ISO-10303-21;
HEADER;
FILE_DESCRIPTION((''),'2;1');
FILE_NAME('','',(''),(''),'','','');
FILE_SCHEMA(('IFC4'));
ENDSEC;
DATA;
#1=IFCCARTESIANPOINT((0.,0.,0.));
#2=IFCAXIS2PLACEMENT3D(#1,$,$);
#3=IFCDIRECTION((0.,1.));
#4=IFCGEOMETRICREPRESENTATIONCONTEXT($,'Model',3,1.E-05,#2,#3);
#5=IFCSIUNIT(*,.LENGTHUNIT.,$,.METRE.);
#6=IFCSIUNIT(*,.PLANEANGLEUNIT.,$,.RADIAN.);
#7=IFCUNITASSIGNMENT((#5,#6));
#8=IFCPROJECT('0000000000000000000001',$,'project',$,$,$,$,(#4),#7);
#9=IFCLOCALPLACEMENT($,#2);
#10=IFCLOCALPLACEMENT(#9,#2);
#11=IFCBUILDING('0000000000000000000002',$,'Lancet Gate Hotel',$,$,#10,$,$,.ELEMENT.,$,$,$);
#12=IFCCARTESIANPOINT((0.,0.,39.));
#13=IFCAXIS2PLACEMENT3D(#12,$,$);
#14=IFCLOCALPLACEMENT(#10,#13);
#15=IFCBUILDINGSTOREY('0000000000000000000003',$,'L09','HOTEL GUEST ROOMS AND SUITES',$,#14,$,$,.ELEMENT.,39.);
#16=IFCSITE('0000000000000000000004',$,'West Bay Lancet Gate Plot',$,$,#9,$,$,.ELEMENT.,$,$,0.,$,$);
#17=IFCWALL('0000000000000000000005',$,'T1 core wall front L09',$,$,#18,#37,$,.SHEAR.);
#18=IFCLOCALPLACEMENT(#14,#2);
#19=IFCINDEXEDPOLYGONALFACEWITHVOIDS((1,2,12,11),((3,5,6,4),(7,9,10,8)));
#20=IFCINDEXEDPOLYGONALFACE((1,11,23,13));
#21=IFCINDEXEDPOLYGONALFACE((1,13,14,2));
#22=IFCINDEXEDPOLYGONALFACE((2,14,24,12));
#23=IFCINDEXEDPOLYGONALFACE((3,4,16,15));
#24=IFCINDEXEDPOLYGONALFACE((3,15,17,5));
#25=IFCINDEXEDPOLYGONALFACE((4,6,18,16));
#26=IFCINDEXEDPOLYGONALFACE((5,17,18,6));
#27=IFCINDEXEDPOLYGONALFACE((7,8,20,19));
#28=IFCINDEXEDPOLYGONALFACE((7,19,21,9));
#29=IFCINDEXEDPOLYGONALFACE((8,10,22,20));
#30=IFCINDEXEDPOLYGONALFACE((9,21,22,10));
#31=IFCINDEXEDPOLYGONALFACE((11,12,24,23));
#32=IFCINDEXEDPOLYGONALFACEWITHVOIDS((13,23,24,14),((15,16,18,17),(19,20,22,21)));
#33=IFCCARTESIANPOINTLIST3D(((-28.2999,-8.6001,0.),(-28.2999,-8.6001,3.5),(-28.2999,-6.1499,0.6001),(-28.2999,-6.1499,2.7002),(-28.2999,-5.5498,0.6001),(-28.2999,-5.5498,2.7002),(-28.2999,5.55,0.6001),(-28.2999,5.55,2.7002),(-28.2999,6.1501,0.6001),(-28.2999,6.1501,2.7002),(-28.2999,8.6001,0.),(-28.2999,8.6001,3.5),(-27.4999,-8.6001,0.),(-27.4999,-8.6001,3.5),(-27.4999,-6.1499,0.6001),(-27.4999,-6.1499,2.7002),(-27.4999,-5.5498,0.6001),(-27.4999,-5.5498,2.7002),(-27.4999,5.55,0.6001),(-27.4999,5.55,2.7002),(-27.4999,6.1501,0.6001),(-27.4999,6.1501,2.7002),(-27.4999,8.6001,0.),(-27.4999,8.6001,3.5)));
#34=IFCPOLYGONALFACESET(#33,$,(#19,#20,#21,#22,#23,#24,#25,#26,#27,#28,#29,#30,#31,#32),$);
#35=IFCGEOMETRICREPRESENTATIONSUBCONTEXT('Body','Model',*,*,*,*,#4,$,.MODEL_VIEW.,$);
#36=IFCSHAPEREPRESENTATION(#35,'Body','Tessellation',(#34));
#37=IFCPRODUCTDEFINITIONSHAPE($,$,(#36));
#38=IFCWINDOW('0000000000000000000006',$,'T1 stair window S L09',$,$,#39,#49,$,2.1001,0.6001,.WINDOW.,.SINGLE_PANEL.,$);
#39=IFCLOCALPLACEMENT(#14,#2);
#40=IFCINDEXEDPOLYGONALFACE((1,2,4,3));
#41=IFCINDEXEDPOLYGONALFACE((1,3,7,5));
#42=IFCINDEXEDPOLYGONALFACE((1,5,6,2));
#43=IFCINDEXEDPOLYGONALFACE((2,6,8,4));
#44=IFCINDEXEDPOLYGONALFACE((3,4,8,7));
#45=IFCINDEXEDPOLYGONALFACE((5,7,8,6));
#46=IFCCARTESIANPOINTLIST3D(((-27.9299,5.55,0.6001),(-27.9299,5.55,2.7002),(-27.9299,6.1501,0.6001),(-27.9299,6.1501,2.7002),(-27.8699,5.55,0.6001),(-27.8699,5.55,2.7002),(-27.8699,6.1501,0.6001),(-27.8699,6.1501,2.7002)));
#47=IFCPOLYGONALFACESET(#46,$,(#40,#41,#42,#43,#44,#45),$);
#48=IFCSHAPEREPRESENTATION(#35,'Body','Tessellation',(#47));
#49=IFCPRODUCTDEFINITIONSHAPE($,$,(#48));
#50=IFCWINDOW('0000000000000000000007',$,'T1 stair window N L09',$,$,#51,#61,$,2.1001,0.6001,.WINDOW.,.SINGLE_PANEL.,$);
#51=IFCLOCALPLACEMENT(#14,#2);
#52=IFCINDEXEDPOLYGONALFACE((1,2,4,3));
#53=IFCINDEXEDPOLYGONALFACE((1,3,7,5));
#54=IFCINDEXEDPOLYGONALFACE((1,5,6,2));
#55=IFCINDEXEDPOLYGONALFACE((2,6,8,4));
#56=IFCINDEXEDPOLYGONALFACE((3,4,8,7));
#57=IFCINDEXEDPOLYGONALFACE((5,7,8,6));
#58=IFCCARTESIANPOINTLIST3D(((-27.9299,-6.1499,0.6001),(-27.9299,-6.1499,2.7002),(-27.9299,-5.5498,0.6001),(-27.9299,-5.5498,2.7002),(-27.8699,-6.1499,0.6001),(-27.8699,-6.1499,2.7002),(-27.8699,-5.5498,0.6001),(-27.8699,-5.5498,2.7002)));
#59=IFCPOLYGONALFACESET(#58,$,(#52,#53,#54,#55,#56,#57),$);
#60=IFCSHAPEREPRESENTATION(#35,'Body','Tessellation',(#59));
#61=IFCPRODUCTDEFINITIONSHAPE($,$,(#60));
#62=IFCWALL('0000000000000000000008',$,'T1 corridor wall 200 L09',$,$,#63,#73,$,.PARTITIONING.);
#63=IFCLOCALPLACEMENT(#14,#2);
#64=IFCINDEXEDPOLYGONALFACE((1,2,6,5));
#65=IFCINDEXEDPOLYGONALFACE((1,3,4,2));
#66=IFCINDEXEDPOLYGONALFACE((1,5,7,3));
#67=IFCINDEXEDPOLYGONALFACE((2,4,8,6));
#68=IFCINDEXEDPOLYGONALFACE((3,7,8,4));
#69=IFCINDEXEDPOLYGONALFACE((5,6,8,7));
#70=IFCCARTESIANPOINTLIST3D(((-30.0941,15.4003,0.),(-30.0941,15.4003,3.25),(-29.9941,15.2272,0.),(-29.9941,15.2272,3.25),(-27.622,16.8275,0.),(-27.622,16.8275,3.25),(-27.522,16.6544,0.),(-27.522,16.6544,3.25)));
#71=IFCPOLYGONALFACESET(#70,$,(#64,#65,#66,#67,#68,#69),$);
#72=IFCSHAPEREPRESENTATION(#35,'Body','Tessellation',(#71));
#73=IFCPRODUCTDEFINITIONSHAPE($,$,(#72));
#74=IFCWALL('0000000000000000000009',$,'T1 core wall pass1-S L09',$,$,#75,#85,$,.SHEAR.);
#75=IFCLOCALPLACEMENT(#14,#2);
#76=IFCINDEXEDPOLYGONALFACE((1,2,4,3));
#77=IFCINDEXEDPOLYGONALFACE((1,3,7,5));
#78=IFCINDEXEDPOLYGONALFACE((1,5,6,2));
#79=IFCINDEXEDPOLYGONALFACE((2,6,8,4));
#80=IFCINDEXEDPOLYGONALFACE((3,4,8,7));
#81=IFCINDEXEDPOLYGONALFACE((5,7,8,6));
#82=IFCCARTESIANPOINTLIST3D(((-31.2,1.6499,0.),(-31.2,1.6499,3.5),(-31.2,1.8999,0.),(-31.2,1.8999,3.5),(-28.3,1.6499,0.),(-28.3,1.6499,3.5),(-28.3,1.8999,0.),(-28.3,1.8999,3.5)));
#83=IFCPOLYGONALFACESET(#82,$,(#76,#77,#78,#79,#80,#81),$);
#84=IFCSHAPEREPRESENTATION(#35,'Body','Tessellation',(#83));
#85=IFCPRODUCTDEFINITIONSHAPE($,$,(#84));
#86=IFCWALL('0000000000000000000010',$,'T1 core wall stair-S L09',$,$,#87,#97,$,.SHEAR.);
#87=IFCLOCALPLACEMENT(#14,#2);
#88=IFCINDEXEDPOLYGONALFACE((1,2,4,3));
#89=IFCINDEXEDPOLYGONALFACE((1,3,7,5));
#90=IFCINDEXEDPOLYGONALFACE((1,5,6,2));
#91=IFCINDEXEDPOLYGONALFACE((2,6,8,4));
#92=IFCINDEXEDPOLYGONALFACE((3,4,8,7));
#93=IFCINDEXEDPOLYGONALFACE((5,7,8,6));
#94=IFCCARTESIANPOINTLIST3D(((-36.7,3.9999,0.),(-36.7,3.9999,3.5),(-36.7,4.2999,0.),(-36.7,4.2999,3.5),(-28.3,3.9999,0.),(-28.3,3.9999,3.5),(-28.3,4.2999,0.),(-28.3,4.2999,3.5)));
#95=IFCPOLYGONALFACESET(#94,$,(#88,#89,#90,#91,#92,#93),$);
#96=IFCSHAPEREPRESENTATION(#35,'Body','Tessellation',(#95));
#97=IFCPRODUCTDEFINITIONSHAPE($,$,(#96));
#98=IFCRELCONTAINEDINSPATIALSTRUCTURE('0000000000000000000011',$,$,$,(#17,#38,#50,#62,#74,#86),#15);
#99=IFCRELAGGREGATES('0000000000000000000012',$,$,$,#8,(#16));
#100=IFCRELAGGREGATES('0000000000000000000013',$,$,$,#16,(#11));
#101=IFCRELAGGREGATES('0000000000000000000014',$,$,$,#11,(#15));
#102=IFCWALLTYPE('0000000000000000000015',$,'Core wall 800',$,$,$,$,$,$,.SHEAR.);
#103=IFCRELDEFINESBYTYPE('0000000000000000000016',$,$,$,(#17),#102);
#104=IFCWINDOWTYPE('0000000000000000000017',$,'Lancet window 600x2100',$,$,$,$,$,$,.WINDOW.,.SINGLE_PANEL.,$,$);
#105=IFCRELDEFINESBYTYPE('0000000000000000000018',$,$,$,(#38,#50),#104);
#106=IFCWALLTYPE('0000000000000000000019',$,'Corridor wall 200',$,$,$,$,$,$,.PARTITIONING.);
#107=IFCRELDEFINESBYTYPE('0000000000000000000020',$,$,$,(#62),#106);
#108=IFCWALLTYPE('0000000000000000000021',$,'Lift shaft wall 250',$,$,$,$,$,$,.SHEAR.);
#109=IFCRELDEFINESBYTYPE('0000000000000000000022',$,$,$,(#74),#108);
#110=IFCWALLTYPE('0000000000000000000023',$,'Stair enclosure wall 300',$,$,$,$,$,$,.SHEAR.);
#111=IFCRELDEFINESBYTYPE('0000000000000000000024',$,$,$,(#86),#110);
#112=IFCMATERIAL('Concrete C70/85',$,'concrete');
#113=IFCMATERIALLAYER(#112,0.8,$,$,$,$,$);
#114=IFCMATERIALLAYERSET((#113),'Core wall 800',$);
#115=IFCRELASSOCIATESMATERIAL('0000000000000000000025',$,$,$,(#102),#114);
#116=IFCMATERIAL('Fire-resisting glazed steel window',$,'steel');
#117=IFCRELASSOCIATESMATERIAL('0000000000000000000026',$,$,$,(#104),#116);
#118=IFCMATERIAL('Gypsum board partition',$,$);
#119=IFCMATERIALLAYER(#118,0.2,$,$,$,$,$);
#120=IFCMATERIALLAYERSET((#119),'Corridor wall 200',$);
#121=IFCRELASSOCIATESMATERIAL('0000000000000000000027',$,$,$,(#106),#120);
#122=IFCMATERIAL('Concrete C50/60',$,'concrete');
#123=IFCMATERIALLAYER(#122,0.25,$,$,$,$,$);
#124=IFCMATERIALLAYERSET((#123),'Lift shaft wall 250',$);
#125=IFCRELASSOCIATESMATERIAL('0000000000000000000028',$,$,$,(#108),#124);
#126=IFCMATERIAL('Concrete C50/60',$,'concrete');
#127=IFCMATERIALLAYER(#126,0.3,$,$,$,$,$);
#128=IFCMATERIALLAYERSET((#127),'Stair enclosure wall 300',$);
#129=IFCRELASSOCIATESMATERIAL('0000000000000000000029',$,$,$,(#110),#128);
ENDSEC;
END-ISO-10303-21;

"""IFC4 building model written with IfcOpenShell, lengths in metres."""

from ifc_helpers import new_model, si_unit, direction, frame, frame_2d, origin, place, context, subcontext, project, spatial, rectangle, extrude, material, layer, layer_set, type_object, element, fill, save


model = new_model("IFC4")

# Units and contexts
model_context = context("Model", 3, precision=1e-05, world=origin(), true_north=direction((0.0, 1.0)))
body_context = subcontext(model_context, "Body", "Model", "MODEL_VIEW")
ifc_project = project(units=[si_unit("LENGTHUNIT", "METRE"), si_unit("PLANEANGLEUNIT", "RADIAN")], contexts=[model_context])

# Site, building, storey
site_placement = place(None, origin())
site = spatial("IfcSite", under=ifc_project, at=site_placement, Name="West Bay Lancet Gate Plot", CompositionType="ELEMENT", RefElevation=0.0)
building_placement = place(site_placement, origin())
building = spatial("IfcBuilding", under=site, at=building_placement, Name="Lancet Gate Hotel", CompositionType="ELEMENT")
storey_placement = place(building_placement, frame((0.0, 0.0, 39.0)))
storey = spatial("IfcBuildingStorey", under=building, at=storey_placement, Name="L09", Description="HOTEL GUEST ROOMS AND SUITES", CompositionType="ELEMENT", Elevation=39.0)

# Wall, openings, windows
ifc_material_1 = material(Name="Concrete C70/85", Category="concrete")
ifc_layer_1 = layer(ifc_material_1, 0.8)
ifc_layer_set_1 = layer_set([ifc_layer_1], Name="Core wall 800")
wall_type_1 = type_object("IfcWallType", Name="Core wall 800", PredefinedType="SHEAR", material=ifc_layer_set_1)
wall_1_placement = place(storey_placement, frame((-27.8999, 8.6001, 0.0), z_axis=(0.0, 0.0, 1.0), x_axis=(0.0, -1.0, 0.0)))
wall_1 = element("IfcWall", 1, at=wall_1_placement, inside=storey, type_object=wall_type_1, Name="T1 core wall front L09", PredefinedType="SHEAR", context=body_context, shape_type="SweptSolid", body=[
    extrude(rectangle(XDim=17.2002, YDim=0.8, at=frame_2d((8.6001, 0.0))), origin(), (0.0, 0.0, 1.0), 3.5),
])
opening_1_placement = place(wall_1_placement, frame((2.45, 0.0, 0.6001)))
opening_1 = element("IfcOpeningElement", 2, at=opening_1_placement, cuts=wall_1, PredefinedType="OPENING", context=body_context, shape_type="SweptSolid", body=[
    extrude(rectangle(XDim=0.6001, YDim=2.1001, at=frame_2d((0.3, 1.05))), frame((0.0, 0.4099, 0.0), z_axis=(0.0, -1.0, 0.0), x_axis=(1.0, 0.0, 0.0)), (0.0, 0.0, 1.0), 0.8201),
])
opening_2_placement = place(wall_1_placement, frame((14.1499, 0.0, 0.6001)))
opening_2 = element("IfcOpeningElement", 3, at=opening_2_placement, cuts=wall_1, PredefinedType="OPENING", context=body_context, shape_type="SweptSolid", body=[
    extrude(rectangle(XDim=0.6001, YDim=2.1001, at=frame_2d((0.3, 1.05))), frame((0.0, 0.4099, 0.0), z_axis=(0.0, -1.0, 0.0), x_axis=(1.0, 0.0, 0.0)), (0.0, 0.0, 1.0), 0.8201),
])
ifc_material_2 = material(Name="Fire-resisting glazed steel window", Category="steel")
window_type = type_object("IfcWindowType", Name="Lancet window 600x2100", PartitioningType="SINGLE_PANEL", PredefinedType="WINDOW", material=ifc_material_2)
window_1_placement = place(opening_1_placement, origin())
window_1 = element("IfcWindow", 4, at=window_1_placement, inside=storey, type_object=window_type, Name="T1 stair window S L09", OverallHeight=2.1001, OverallWidth=0.6001, PartitioningType="SINGLE_PANEL", PredefinedType="WINDOW", context=body_context, shape_type="SweptSolid", body=[
    extrude(rectangle(XDim=0.6001, YDim=2.1001, at=frame_2d((0.3, 1.05))), frame((0.0, 0.03, 0.0), z_axis=(0.0, -1.0, 0.0), x_axis=(1.0, 0.0, 0.0)), (0.0, 0.0, 1.0), 0.0601),
])
fill(opening_1, window_1)
window_2_placement = place(opening_2_placement, origin())
window_2 = element("IfcWindow", 5, at=window_2_placement, inside=storey, type_object=window_type, Name="T1 stair window N L09", OverallHeight=2.1001, OverallWidth=0.6001, PartitioningType="SINGLE_PANEL", PredefinedType="WINDOW", context=body_context, shape_type="SweptSolid", body=[
    extrude(rectangle(XDim=0.6001, YDim=2.1001, at=frame_2d((0.3, 1.05))), frame((0.0, 0.03, 0.0), z_axis=(0.0, -1.0, 0.0), x_axis=(1.0, 0.0, 0.0)), (0.0, 0.0, 1.0), 0.0601),
])
fill(opening_2, window_2)

# Walls
ifc_material_3 = material(Name="Gypsum board partition")
ifc_layer_2 = layer(ifc_material_3, 0.2)
ifc_layer_set_2 = layer_set([ifc_layer_2], Name="Corridor wall 200")
wall_type_2 = type_object("IfcWallType", Name="Corridor wall 200", PredefinedType="PARTITIONING", material=ifc_layer_set_2)
wall_2_placement = place(storey_placement, frame((-27.572, 16.741, 0.0), z_axis=(0.0, 0.0, 1.0), x_axis=(-0.866035, -0.499984, 0.0)))
element("IfcWall", 6, at=wall_2_placement, inside=storey, type_object=wall_type_2, Name="T1 corridor wall 200 L09", PredefinedType="PARTITIONING", context=body_context, shape_type="SweptSolid", body=[
    extrude(rectangle(XDim=2.8545, YDim=0.2, at=frame_2d((1.4272, 0.0))), origin(), (0.0, 0.0, 1.0), 3.25),
])
ifc_material_4 = material(Name="Concrete C50/60", Category="concrete")
ifc_layer_3 = layer(ifc_material_4, 0.25)
ifc_layer_set_3 = layer_set([ifc_layer_3], Name="Lift shaft wall 250")
wall_type_3 = type_object("IfcWallType", Name="Lift shaft wall 250", PredefinedType="SHEAR", material=ifc_layer_set_3)
wall_3_placement = place(storey_placement, frame((-28.3, 1.7749, 0.0), z_axis=(0.0, 0.0, 1.0), x_axis=(-1.0, 0.0, 0.0)))
element("IfcWall", 7, at=wall_3_placement, inside=storey, type_object=wall_type_3, Name="T1 core wall pass1-S L09", PredefinedType="SHEAR", context=body_context, shape_type="SweptSolid", body=[
    extrude(rectangle(XDim=2.8999, YDim=0.25, at=frame_2d((1.45, 0.0))), origin(), (0.0, 0.0, 1.0), 3.5),
])
ifc_material_5 = material(Name="Concrete C50/60", Category="concrete")
ifc_layer_4 = layer(ifc_material_5, 0.3)
ifc_layer_set_4 = layer_set([ifc_layer_4], Name="Stair enclosure wall 300")
wall_type_4 = type_object("IfcWallType", Name="Stair enclosure wall 300", PredefinedType="SHEAR", material=ifc_layer_set_4)
wall_4_placement = place(storey_placement, frame((-28.3, 4.1499, 0.0), z_axis=(0.0, 0.0, 1.0), x_axis=(-1.0, 0.0, 0.0)))
element("IfcWall", 8, at=wall_4_placement, inside=storey, type_object=wall_type_4, Name="T1 core wall stair-S L09", PredefinedType="SHEAR", context=body_context, shape_type="SweptSolid", body=[
    extrude(rectangle(XDim=8.3999, YDim=0.3, at=frame_2d((4.2, 0.0))), origin(), (0.0, 0.0, 1.0), 3.5),
])

save(model, "model.ifc")
